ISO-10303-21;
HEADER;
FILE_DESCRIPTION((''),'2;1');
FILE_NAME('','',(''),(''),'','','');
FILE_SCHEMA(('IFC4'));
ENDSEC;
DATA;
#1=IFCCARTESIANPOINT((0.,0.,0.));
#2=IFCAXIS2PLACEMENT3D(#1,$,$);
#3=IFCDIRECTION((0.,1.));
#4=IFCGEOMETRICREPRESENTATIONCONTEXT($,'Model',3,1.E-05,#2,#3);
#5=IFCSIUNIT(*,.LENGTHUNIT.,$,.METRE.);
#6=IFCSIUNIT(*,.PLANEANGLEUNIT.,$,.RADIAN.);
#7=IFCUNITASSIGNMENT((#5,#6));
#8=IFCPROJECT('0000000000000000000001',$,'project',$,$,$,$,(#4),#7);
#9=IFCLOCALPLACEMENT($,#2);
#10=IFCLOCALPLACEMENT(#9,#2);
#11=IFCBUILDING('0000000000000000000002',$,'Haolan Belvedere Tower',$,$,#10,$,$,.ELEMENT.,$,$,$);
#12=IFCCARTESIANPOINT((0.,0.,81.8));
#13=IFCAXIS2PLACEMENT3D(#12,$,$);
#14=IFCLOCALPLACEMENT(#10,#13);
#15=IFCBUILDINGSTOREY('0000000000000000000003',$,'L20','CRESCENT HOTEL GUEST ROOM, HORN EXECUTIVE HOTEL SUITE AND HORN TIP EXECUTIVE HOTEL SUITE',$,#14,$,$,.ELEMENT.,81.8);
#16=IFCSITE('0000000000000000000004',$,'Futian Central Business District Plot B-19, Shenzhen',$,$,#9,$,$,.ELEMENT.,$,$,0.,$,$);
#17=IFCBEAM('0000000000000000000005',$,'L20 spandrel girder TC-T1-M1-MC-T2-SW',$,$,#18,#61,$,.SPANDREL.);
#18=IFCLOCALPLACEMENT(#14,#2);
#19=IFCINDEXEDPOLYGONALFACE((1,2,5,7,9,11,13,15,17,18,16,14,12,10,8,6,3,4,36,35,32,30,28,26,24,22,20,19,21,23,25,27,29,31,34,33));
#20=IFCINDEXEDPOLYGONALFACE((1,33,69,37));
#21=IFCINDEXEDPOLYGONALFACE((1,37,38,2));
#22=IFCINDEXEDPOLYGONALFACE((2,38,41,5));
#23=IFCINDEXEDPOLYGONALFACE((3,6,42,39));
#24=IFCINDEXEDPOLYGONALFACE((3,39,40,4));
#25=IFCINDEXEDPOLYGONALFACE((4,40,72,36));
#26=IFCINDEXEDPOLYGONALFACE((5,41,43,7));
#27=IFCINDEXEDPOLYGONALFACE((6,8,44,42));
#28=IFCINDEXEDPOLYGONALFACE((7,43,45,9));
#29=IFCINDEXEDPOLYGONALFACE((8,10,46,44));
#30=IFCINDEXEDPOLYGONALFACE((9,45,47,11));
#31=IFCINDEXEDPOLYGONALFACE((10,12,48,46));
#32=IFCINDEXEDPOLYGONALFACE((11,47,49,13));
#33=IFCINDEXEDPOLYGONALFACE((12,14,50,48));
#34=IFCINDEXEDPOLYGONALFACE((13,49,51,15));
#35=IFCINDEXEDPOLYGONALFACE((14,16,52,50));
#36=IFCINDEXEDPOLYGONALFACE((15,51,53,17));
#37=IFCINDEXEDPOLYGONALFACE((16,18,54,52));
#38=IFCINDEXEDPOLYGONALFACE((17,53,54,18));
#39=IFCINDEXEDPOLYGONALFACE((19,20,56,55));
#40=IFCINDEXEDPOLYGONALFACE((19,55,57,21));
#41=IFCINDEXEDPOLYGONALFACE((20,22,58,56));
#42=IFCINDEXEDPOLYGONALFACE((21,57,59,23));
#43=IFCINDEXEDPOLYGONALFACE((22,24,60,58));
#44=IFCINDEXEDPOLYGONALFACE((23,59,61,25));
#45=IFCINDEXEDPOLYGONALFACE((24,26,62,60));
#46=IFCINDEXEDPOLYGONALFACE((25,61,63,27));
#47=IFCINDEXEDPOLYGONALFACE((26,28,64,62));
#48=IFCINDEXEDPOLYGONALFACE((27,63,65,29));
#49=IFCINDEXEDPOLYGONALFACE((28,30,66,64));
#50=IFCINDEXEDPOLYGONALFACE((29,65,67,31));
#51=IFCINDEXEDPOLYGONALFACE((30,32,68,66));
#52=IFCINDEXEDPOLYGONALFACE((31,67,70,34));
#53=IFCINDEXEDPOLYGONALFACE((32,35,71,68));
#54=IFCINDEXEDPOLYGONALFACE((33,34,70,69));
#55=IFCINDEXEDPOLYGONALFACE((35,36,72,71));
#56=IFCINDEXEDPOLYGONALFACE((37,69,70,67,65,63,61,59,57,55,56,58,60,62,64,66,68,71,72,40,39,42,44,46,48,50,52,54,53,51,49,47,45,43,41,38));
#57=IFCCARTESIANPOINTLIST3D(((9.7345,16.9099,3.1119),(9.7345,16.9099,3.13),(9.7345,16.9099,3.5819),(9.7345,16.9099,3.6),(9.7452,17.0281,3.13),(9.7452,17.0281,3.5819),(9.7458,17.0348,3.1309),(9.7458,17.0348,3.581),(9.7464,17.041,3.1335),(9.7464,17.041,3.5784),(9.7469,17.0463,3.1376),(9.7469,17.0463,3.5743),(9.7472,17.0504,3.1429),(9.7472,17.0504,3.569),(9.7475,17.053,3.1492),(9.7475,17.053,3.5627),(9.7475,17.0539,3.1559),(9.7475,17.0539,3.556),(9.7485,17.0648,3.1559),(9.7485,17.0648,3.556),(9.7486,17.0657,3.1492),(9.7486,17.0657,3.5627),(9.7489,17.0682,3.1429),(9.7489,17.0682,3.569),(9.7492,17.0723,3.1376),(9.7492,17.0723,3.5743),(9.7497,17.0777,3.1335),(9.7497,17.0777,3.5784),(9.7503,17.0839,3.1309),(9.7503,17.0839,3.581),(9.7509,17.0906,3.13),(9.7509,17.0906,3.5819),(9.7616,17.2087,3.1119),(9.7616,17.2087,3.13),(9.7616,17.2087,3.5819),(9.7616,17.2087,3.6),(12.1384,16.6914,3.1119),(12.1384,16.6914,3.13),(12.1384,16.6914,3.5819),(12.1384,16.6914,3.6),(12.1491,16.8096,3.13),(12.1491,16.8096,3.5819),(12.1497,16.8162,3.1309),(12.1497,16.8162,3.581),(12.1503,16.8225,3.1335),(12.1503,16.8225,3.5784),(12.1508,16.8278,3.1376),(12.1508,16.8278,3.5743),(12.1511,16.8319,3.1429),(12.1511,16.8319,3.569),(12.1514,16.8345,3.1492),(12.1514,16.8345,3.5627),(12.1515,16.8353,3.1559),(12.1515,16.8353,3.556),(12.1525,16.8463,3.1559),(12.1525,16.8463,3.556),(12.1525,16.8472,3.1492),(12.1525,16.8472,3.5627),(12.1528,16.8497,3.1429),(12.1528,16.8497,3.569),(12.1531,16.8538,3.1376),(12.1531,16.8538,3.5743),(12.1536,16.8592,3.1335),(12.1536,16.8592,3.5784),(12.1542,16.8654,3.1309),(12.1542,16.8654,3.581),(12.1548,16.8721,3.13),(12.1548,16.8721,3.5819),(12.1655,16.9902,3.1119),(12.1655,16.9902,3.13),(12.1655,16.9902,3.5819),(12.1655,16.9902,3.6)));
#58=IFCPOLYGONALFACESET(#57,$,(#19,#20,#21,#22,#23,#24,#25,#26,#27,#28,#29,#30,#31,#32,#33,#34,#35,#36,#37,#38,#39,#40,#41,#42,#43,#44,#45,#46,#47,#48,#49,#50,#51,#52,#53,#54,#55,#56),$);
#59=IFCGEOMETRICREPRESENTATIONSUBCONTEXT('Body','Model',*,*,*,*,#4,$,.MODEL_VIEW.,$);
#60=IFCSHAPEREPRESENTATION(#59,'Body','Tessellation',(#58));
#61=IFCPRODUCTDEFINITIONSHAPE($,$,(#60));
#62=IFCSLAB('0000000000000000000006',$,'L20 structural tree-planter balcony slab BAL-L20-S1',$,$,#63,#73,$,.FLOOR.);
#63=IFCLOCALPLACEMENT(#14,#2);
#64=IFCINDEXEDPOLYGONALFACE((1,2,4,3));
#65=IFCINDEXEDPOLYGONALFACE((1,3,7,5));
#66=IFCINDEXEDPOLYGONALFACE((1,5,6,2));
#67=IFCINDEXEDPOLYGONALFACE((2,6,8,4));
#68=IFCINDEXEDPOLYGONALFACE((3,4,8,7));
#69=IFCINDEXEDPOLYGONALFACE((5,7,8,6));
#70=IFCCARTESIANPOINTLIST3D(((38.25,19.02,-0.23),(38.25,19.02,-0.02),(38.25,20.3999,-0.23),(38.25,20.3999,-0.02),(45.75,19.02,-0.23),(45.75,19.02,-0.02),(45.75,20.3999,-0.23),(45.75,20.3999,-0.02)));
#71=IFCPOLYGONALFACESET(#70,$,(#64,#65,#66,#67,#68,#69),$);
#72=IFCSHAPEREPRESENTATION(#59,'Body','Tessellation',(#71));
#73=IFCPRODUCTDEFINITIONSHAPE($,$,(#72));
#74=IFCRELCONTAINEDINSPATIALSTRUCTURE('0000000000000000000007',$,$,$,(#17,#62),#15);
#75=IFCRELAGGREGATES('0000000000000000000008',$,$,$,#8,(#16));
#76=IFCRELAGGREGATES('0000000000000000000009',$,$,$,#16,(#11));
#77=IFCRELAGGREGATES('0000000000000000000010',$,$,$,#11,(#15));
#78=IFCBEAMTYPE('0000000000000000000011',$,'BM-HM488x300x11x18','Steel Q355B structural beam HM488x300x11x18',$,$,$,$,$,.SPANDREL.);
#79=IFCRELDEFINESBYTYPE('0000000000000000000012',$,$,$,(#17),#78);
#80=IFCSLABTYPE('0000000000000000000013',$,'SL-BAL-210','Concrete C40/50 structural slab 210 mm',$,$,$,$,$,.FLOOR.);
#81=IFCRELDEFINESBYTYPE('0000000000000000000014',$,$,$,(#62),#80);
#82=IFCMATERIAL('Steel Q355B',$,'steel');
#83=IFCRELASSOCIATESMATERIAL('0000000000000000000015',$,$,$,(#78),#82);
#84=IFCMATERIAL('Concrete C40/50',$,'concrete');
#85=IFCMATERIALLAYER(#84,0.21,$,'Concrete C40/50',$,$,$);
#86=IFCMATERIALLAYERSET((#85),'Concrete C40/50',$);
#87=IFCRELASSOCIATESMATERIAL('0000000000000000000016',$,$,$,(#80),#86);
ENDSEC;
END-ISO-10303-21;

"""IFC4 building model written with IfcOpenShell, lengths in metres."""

from ifc_helpers import new_model, si_unit, direction, frame, origin, origin_2d, place, context, subcontext, project, spatial, polyline, i_section, outline, extrude, material, layer, layer_set, material_profile, profile_set, type_object, element, save


model = new_model("IFC4")

# Units and contexts
model_context = context("Model", 3, precision=1e-05, world=origin(), true_north=direction((0.0, 1.0)))
body_context = subcontext(model_context, "Body", "Model", "MODEL_VIEW")
ifc_project = project(units=[si_unit("LENGTHUNIT", "METRE"), si_unit("PLANEANGLEUNIT", "RADIAN")], contexts=[model_context])

# Site, building, storey
site_placement = place(None, origin())
site = spatial("IfcSite", under=ifc_project, at=site_placement, Name="Futian Central Business District Plot B-19, Shenzhen", CompositionType="ELEMENT", RefElevation=0.0)
building_placement = place(site_placement, origin())
building = spatial("IfcBuilding", under=site, at=building_placement, Name="Haolan Belvedere Tower", CompositionType="ELEMENT")
storey_placement = place(building_placement, frame((0.0, 0.0, 81.8)))
storey = spatial("IfcBuildingStorey", under=building, at=storey_placement, Name="L20", Description="CRESCENT HOTEL GUEST ROOM, HORN EXECUTIVE HOTEL SUITE AND HORN TIP EXECUTIVE HOTEL SUITE", CompositionType="ELEMENT", Elevation=81.8)

# Shared definitions
ifc_material_1 = material(Name="Steel Q355B", Category="steel")

# Beam
ifc_material_profile_1 = material_profile(ifc_material_1, i_section(OverallWidth=0.3, OverallDepth=0.488, WebThickness=0.011, FlangeThickness=0.0181, FilletRadius=0.0259, at=origin_2d()), Name="Steel Q355B")
ifc_profile_set_1 = profile_set([ifc_material_profile_1], Name="Steel Q355B")
beam_type = type_object("IfcBeamType", Name="BM-HM488x300x11x18", Description="Steel Q355B structural beam HM488x300x11x18", PredefinedType="SPANDREL", material=ifc_profile_set_1)
beam_1_placement = place(storey_placement, frame((9.748, 17.0593, 3.356), z_axis=(0.995894, -0.090527, 0.0), x_axis=(0.090527, 0.995894, 0.0)))
element("IfcBeam", 1, at=beam_1_placement, inside=storey, type_object=beam_type, Name="L20 spandrel girder TC-T1-M1-MC-T2-SW", PredefinedType="SPANDREL", context=body_context, shape_type="SweptSolid", body=[
    extrude(i_section(OverallWidth=0.3, OverallDepth=0.488, WebThickness=0.011, FlangeThickness=0.0181, FilletRadius=0.0259, at=origin_2d()), origin(), (0.0, 0.0, 1.0), 2.4138),
])

# Slab
ifc_material_2 = material(Name="Concrete C40/50", Category="concrete")
ifc_layer_1 = layer(ifc_material_2, 0.21, Name="Concrete C40/50")
ifc_layer_set_1 = layer_set([ifc_layer_1], Name="Concrete C40/50")
slab_type_1 = type_object("IfcSlabType", Name="SL-BAL-210", Description="Concrete C40/50 structural slab 210 mm", PredefinedType="FLOOR", material=ifc_layer_set_1)
slab_1_placement = place(storey_placement, frame((0.0, 0.0, -0.23)))
element("IfcSlab", 2, at=slab_1_placement, inside=storey, type_object=slab_type_1, Name="L20 structural tree-planter balcony slab BAL-L20-S1", PredefinedType="FLOOR", context=body_context, shape_type="SweptSolid", body=[
    extrude(outline(polyline([(38.25, 19.02), (45.75, 19.02), (45.75, 20.3999), (38.25, 20.3999), (38.25, 19.02)])), origin(), (0.0, 0.0, 1.0), 0.21),
])

save(model, "model.ifc")
